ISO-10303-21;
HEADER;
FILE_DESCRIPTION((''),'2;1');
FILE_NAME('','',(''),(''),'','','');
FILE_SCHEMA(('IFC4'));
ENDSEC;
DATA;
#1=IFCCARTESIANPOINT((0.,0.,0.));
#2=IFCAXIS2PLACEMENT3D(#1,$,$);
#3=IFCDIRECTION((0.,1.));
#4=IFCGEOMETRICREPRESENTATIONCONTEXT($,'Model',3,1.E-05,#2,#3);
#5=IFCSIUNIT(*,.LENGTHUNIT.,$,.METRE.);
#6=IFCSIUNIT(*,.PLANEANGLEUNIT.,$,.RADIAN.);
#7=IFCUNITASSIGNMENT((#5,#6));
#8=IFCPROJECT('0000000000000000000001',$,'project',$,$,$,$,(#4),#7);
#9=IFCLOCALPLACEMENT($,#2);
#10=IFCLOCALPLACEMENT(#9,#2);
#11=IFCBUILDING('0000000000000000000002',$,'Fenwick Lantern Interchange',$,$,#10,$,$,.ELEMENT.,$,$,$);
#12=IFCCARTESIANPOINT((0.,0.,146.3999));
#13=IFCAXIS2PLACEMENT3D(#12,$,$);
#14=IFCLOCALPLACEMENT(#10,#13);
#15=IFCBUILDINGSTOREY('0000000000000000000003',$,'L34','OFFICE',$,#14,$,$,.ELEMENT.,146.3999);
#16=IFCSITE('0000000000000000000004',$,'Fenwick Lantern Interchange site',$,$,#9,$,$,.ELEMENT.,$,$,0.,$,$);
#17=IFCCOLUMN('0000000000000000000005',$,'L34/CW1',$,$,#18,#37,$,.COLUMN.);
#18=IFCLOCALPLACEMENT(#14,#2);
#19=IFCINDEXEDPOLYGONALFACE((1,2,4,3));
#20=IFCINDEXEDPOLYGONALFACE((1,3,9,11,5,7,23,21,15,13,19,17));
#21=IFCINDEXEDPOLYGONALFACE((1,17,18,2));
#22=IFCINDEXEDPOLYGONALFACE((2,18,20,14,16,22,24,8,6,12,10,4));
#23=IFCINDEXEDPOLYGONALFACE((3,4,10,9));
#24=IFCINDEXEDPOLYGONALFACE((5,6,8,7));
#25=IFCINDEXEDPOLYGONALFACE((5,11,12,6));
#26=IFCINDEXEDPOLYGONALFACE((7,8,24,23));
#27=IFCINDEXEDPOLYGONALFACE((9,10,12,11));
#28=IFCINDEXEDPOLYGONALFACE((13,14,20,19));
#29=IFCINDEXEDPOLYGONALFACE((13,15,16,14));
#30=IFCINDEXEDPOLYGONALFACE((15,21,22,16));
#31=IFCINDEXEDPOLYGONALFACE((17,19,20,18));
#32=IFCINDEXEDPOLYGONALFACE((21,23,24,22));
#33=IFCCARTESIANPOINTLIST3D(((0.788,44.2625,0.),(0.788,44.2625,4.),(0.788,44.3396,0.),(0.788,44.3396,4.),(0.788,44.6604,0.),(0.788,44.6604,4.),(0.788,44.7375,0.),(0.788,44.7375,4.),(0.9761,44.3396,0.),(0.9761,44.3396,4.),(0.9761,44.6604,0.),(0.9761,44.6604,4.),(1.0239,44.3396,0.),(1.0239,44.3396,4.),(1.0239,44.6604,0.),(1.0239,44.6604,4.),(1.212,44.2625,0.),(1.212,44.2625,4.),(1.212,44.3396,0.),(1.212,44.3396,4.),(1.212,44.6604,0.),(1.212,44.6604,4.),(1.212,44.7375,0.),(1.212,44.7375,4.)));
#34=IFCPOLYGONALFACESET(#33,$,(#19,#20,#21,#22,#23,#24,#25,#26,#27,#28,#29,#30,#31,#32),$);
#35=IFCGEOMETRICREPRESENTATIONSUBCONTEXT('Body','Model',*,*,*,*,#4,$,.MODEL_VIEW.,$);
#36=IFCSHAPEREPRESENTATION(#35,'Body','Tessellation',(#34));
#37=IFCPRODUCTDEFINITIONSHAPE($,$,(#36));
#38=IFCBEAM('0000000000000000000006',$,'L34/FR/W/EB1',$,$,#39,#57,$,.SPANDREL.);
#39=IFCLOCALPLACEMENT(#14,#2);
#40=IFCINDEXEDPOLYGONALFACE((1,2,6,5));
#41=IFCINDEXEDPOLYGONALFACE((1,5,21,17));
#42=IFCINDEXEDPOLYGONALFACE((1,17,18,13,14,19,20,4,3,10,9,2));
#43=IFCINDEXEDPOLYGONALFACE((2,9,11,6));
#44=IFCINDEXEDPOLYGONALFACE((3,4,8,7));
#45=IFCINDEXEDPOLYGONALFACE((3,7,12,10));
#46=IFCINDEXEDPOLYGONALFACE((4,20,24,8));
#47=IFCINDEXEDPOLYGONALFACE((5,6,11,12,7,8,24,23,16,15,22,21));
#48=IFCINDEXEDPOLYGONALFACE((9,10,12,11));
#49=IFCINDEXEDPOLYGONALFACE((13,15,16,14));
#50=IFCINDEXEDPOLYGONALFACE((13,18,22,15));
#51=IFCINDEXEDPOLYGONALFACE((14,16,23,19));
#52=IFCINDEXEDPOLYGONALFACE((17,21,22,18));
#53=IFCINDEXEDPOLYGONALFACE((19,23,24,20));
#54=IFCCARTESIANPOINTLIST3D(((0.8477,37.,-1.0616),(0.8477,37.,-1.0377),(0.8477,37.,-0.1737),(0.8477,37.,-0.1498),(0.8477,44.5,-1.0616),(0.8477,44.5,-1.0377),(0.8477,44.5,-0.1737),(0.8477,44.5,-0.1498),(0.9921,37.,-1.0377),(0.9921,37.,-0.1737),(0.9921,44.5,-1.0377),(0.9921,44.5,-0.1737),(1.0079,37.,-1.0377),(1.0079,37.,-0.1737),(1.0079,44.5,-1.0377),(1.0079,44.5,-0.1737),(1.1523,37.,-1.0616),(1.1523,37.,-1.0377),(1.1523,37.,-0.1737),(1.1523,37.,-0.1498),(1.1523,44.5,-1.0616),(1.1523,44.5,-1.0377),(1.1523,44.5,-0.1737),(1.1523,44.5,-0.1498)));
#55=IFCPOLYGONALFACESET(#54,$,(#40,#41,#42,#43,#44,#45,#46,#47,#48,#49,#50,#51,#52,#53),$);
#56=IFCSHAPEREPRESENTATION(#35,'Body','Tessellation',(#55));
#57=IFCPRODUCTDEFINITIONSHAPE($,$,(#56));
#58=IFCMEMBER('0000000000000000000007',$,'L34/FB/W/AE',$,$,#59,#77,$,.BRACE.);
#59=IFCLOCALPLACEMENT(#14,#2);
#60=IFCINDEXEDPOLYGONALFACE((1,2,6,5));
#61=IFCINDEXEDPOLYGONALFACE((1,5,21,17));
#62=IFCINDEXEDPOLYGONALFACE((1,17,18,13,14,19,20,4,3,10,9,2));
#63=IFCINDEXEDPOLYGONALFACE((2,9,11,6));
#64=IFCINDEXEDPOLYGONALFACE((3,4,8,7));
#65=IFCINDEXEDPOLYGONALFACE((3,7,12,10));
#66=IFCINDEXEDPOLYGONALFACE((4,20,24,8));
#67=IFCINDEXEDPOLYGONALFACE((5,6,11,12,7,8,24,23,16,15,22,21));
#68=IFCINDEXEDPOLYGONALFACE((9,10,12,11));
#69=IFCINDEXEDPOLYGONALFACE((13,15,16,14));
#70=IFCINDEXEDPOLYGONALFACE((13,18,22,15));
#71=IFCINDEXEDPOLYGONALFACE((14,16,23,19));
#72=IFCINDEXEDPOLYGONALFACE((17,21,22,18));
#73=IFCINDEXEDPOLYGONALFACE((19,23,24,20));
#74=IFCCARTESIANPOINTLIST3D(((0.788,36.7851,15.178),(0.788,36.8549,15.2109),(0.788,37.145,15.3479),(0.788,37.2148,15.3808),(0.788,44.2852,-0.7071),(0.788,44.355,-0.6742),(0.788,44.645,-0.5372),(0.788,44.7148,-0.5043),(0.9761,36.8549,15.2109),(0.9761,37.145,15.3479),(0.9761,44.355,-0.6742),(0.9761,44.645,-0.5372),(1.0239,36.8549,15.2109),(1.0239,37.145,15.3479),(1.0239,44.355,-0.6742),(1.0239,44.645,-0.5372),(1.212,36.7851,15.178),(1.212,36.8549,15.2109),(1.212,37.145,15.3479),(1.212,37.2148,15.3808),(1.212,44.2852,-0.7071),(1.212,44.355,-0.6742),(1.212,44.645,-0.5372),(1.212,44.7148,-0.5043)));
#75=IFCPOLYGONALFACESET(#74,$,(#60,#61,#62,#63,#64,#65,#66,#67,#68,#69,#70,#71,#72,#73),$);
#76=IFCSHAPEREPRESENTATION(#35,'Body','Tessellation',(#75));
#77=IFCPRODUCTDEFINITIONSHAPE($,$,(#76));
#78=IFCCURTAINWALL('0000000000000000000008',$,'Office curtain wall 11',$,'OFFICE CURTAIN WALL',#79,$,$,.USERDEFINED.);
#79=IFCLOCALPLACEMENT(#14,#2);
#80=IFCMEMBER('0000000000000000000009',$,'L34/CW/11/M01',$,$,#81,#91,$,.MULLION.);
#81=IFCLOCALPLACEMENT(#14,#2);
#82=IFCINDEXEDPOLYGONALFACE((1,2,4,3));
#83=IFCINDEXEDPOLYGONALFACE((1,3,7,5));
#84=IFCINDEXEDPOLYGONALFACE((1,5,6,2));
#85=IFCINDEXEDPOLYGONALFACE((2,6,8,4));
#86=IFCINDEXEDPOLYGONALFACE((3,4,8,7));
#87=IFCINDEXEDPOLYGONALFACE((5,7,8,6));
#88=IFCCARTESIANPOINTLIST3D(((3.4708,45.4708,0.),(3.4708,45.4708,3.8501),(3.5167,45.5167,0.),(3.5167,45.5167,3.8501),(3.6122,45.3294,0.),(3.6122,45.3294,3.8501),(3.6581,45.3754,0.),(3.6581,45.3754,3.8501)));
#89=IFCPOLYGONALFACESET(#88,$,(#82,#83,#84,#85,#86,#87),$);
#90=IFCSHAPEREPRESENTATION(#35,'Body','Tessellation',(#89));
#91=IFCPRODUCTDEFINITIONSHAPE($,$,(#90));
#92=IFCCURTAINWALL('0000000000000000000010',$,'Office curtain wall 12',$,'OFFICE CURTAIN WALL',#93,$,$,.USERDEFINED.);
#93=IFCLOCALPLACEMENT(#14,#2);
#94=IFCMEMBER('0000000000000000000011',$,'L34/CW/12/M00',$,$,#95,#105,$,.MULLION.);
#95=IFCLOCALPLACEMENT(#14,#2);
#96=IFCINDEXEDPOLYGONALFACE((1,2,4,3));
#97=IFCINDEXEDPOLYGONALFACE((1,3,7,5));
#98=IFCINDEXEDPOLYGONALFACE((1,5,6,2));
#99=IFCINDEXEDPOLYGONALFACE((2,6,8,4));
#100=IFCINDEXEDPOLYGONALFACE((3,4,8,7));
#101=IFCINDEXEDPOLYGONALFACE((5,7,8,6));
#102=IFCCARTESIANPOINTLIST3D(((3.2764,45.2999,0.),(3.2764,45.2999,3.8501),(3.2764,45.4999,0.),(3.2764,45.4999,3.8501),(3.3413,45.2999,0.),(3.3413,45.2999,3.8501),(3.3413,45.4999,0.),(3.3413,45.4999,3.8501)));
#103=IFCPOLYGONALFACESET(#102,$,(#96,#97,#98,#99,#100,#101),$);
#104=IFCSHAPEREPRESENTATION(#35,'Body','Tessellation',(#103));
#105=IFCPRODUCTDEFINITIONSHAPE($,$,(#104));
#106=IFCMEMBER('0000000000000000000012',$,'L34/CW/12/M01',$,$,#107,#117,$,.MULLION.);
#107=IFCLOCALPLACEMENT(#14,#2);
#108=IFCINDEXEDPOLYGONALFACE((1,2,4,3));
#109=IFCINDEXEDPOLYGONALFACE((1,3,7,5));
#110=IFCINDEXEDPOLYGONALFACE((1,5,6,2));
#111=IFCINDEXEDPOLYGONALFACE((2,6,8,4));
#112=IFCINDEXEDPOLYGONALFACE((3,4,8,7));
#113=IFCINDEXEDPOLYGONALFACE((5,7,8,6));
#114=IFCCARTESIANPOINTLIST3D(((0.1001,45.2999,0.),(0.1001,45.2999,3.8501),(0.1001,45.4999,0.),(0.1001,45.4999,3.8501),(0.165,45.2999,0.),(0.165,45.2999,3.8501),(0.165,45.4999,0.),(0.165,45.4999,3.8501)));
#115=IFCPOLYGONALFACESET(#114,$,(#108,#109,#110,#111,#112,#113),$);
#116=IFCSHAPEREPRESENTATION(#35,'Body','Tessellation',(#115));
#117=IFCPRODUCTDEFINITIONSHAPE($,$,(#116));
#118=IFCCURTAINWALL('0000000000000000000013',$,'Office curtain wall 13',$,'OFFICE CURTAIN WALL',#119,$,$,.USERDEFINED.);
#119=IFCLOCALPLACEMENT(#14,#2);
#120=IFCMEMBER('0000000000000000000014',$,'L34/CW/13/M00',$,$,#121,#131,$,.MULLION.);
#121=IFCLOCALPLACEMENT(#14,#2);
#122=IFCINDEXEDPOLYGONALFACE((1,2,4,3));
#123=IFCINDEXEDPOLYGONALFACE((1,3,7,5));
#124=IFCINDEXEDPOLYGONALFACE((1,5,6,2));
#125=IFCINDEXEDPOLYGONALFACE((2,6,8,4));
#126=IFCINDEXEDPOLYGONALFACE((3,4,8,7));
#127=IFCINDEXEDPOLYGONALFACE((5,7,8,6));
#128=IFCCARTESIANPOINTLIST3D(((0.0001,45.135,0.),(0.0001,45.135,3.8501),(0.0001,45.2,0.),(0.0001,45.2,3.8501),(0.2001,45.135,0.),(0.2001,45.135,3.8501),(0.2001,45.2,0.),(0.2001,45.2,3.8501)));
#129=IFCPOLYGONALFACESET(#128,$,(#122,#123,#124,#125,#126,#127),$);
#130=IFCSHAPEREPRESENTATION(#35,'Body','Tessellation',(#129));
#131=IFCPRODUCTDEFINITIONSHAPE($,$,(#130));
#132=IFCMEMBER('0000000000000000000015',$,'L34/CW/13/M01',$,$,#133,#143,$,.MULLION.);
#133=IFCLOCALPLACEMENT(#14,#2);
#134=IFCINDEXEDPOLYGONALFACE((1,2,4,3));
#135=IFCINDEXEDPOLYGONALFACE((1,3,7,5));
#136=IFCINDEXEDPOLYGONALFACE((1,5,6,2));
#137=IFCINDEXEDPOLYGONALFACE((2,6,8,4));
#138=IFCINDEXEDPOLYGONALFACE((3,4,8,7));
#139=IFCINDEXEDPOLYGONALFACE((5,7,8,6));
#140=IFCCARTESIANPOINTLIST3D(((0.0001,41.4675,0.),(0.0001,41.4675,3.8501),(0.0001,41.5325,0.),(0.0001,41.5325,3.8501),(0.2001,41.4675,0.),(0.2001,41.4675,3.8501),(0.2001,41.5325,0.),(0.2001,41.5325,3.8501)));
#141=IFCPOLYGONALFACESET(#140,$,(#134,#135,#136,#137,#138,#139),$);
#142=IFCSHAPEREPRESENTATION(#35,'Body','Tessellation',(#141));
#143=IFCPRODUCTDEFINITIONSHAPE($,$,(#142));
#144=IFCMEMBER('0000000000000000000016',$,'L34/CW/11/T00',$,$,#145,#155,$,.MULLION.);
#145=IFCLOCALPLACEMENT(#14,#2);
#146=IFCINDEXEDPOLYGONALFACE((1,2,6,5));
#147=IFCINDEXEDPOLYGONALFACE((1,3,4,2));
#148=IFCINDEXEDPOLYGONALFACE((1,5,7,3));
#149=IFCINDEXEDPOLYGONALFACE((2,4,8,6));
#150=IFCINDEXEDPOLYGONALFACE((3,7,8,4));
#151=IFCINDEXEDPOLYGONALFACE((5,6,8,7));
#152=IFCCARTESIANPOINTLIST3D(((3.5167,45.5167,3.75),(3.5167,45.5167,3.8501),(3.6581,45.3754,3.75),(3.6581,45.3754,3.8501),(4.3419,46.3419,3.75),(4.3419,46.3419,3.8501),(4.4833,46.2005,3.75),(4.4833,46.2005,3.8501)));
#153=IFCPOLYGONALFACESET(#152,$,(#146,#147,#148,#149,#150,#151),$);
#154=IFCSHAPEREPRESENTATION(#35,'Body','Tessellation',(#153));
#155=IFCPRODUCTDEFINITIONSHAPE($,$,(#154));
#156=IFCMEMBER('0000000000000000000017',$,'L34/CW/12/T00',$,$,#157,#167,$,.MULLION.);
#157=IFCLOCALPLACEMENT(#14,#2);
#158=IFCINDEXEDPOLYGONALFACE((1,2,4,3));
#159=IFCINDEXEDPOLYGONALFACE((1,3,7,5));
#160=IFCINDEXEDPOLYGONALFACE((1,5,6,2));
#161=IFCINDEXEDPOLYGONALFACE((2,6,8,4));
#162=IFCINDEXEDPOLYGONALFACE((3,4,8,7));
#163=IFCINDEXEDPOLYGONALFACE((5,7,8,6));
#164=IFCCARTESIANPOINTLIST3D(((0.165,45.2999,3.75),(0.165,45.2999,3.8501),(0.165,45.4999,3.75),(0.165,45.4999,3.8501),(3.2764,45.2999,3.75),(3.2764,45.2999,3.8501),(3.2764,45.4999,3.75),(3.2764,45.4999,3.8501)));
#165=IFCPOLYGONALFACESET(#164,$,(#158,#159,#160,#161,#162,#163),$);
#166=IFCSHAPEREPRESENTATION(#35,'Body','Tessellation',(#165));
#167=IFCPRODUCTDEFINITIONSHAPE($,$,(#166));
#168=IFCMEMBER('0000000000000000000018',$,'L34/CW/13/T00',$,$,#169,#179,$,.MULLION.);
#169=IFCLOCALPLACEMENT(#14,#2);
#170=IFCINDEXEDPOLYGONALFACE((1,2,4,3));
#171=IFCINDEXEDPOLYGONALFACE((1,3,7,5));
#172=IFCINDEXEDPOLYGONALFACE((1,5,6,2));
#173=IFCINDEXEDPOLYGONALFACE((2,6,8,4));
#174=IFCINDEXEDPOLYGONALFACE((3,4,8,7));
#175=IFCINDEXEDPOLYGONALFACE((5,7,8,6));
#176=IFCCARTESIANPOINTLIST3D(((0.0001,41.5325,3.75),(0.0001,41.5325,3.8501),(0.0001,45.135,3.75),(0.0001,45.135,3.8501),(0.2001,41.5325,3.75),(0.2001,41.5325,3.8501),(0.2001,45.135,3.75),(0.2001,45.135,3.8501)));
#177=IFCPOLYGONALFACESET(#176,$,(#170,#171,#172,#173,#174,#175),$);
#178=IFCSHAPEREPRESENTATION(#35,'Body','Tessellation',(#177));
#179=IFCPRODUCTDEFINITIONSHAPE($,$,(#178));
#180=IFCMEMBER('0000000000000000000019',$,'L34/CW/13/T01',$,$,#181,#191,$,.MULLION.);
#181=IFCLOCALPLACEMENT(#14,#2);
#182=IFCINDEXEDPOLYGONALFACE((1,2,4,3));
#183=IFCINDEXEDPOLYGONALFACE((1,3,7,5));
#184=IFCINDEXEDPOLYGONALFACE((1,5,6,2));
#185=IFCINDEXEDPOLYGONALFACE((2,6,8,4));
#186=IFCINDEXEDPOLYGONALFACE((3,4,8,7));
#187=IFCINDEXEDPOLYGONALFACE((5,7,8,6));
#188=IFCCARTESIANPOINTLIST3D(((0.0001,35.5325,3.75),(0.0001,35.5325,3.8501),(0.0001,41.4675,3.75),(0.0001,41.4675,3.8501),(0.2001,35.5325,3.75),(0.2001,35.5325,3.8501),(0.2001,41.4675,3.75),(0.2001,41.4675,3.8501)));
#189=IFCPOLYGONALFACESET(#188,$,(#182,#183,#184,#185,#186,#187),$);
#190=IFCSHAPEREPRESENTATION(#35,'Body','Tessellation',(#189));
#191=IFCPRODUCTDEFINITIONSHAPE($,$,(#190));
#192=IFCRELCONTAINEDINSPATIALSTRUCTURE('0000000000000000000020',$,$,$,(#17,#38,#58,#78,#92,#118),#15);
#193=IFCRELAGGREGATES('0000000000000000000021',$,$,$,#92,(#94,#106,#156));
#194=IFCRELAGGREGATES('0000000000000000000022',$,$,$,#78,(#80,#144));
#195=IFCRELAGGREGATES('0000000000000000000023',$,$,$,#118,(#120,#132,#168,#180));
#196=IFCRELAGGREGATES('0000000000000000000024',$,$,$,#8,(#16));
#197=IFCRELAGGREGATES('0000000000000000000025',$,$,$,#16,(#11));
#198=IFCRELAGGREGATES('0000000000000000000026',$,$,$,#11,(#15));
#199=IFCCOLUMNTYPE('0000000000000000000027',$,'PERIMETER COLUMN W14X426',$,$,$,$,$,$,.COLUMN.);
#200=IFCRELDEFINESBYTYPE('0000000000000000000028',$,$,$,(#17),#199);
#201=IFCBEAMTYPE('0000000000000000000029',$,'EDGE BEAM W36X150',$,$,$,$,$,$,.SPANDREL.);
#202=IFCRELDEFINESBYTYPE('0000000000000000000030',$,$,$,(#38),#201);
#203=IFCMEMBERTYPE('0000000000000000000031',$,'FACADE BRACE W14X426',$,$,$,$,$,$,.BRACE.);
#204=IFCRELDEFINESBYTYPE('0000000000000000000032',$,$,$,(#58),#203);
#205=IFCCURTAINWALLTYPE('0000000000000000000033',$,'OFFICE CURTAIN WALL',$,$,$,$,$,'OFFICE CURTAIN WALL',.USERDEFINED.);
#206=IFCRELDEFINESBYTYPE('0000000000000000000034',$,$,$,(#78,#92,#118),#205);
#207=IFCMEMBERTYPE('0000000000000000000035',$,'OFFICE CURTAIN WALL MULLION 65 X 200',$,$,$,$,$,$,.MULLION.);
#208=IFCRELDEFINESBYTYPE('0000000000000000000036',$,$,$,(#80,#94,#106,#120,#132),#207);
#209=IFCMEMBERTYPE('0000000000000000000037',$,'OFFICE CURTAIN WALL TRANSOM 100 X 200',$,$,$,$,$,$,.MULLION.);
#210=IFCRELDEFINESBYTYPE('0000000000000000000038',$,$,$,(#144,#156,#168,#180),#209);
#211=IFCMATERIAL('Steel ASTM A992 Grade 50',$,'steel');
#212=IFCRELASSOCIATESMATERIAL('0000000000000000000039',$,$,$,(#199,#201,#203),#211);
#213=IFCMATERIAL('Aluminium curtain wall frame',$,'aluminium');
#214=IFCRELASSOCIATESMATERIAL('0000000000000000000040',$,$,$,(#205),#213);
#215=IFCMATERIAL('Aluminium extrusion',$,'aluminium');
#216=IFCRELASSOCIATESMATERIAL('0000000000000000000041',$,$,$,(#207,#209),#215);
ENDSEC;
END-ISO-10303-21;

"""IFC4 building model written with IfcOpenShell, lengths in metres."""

from ifc_helpers import new_model, si_unit, direction, frame, origin, origin_2d, place, context, subcontext, project, spatial, rectangle, i_section, extrude, material, material_profile, profile_set, type_object, element, aggregate, save


model = new_model("IFC4")

# Units and contexts
model_context = context("Model", 3, precision=1e-05, world=origin(), true_north=direction((0.0, 1.0)))
body_context = subcontext(model_context, "Body", "Model", "MODEL_VIEW")
ifc_project = project(units=[si_unit("LENGTHUNIT", "METRE"), si_unit("PLANEANGLEUNIT", "RADIAN")], contexts=[model_context])

# Site, building, storey
site_placement = place(None, origin())
site = spatial("IfcSite", under=ifc_project, at=site_placement, Name="Fenwick Lantern Interchange site", CompositionType="ELEMENT", RefElevation=0.0)
building_placement = place(site_placement, origin())
building = spatial("IfcBuilding", under=site, at=building_placement, Name="Fenwick Lantern Interchange", CompositionType="ELEMENT")
storey_placement = place(building_placement, frame((0.0, 0.0, 146.3999)))
storey = spatial("IfcBuildingStorey", under=building, at=storey_placement, Name="L34", Description="OFFICE", CompositionType="ELEMENT", Elevation=146.3999)

# Column
ifc_material_1 = material(Name="Steel ASTM A992 Grade 50", Category="steel")
ifc_material_profile_1 = material_profile(ifc_material_1, i_section(OverallWidth=0.4241, OverallDepth=0.4751, WebThickness=0.0479, FlangeThickness=0.0771, at=origin_2d()), Name="W14X426")
ifc_profile_set_1 = profile_set([ifc_material_profile_1], Name="Steel ASTM A992 Grade 50")
column_type = type_object("IfcColumnType", Name="PERIMETER COLUMN W14X426", PredefinedType="COLUMN", material=ifc_profile_set_1)
column_placement = place(storey_placement, frame((1.0, 44.5, 0.0), z_axis=(0.0, 0.0, 1.0), x_axis=(1.0, 0.0, 0.0)))
element("IfcColumn", 1, at=column_placement, inside=storey, type_object=column_type, Name="L34/CW1", PredefinedType="COLUMN", context=body_context, shape_type="SweptSolid", body=[
    extrude(i_section(OverallWidth=0.4241, OverallDepth=0.4751, WebThickness=0.0479, FlangeThickness=0.0771, at=origin_2d()), origin(), (0.0, 0.0, 1.0), 4.0),
])

# Beam
ifc_material_profile_2 = material_profile(ifc_material_1, i_section(OverallWidth=0.3047, OverallDepth=0.9119, WebThickness=0.0159, FlangeThickness=0.0239, at=origin_2d()), Name="W36X150")
ifc_profile_set_2 = profile_set([ifc_material_profile_2], Name="Steel ASTM A992 Grade 50")
beam_type = type_object("IfcBeamType", Name="EDGE BEAM W36X150", PredefinedType="SPANDREL", material=ifc_profile_set_2)
beam_placement = place(storey_placement, frame((1.0, 44.5, -0.6057), z_axis=(0.0, -1.0, 0.0), x_axis=(1.0, 0.0, 0.0)))
element("IfcBeam", 2, at=beam_placement, inside=storey, type_object=beam_type, Name="L34/FR/W/EB1", PredefinedType="SPANDREL", context=body_context, shape_type="SweptSolid", body=[
    extrude(i_section(OverallWidth=0.3047, OverallDepth=0.9119, WebThickness=0.0159, FlangeThickness=0.0239, at=origin_2d()), origin(), (0.0, 0.0, 1.0), 7.5),
])

# Member
ifc_material_profile_3 = material_profile(ifc_material_1, i_section(OverallWidth=0.4241, OverallDepth=0.4751, WebThickness=0.0479, FlangeThickness=0.0771, at=origin_2d()), Name="W14X426")
ifc_profile_set_3 = profile_set([ifc_material_profile_3], Name="Steel ASTM A992 Grade 50")
member_type_1 = type_object("IfcMemberType", Name="FACADE BRACE W14X426", PredefinedType="BRACE", material=ifc_profile_set_3)
member_1_placement = place(storey_placement, frame((1.0, 44.5, -0.6057), z_axis=(0.0, -0.426948, 0.904276), x_axis=(1.0, 0.0, 0.0)))
element("IfcMember", 3, at=member_1_placement, inside=storey, type_object=member_type_1, Name="L34/FB/W/AE", PredefinedType="BRACE", context=body_context, shape_type="SweptSolid", body=[
    extrude(i_section(OverallWidth=0.4241, OverallDepth=0.4751, WebThickness=0.0479, FlangeThickness=0.0771, at=origin_2d()), origin(), (0.0, 0.0, 1.0), 17.5667),
])

# Curtain wall, member
ifc_material_2 = material(Name="Aluminium curtain wall frame", Category="aluminium")
curtain_wall_type = type_object("IfcCurtainWallType", Name="OFFICE CURTAIN WALL", ElementType="OFFICE CURTAIN WALL", PredefinedType="USERDEFINED", material=ifc_material_2)
curtain_wall_1_placement = place(storey_placement, origin())
curtain_wall_1 = element("IfcCurtainWall", 4, at=curtain_wall_1_placement, inside=storey, type_object=curtain_wall_type, Name="Office curtain wall 11", ObjectType="OFFICE CURTAIN WALL", PredefinedType="USERDEFINED")
ifc_material_3 = material(Name="Aluminium extrusion", Category="aluminium")
ifc_material_profile_4 = material_profile(ifc_material_3, rectangle(XDim=0.2, YDim=0.0649, at=origin_2d()), Name="OFFICE CURTAIN WALL MULLION 65 X 200")
ifc_profile_set_4 = profile_set([ifc_material_profile_4], Name="Aluminium extrusion")
member_type_2 = type_object("IfcMemberType", Name="OFFICE CURTAIN WALL MULLION 65 X 200", PredefinedType="MULLION", material=ifc_profile_set_4)
member_2_placement = place(storey_placement, frame((3.5645, 45.4231, 0.0), z_axis=(0.0, 0.0, 1.0), x_axis=(0.707107, -0.707107, 0.0)))
member_2 = element("IfcMember", 5, at=member_2_placement, type_object=member_type_2, Name="L34/CW/11/M01", PredefinedType="MULLION", context=body_context, shape_type="SweptSolid", body=[
    extrude(rectangle(XDim=0.2, YDim=0.0649, at=origin_2d()), origin(), (0.0, 0.0, 1.0), 3.8501),
])

# Curtain walls, members
curtain_wall_2_placement = place(storey_placement, origin())
curtain_wall_2 = element("IfcCurtainWall", 6, at=curtain_wall_2_placement, inside=storey, type_object=curtain_wall_type, Name="Office curtain wall 12", ObjectType="OFFICE CURTAIN WALL", PredefinedType="USERDEFINED")
member_3_placement = place(storey_placement, frame((3.3088, 45.3999, 0.0), z_axis=(0.0, 0.0, 1.0), x_axis=(0.0, -1.0, 0.0)))
member_3 = element("IfcMember", 7, at=member_3_placement, type_object=member_type_2, Name="L34/CW/12/M00", PredefinedType="MULLION", context=body_context, shape_type="SweptSolid", body=[
    extrude(rectangle(XDim=0.2, YDim=0.0649, at=origin_2d()), origin(), (0.0, 0.0, 1.0), 3.8501),
])
member_4_placement = place(storey_placement, frame((0.1326, 45.3999, 0.0), z_axis=(0.0, 0.0, 1.0), x_axis=(0.0, -1.0, 0.0)))
member_4 = element("IfcMember", 8, at=member_4_placement, type_object=member_type_2, Name="L34/CW/12/M01", PredefinedType="MULLION", context=body_context, shape_type="SweptSolid", body=[
    extrude(rectangle(XDim=0.2, YDim=0.0649, at=origin_2d()), origin(), (0.0, 0.0, 1.0), 3.8501),
])
curtain_wall_3_placement = place(storey_placement, origin())
curtain_wall_3 = element("IfcCurtainWall", 9, at=curtain_wall_3_placement, inside=storey, type_object=curtain_wall_type, Name="Office curtain wall 13", ObjectType="OFFICE CURTAIN WALL", PredefinedType="USERDEFINED")
member_5_placement = place(storey_placement, frame((0.1001, 45.1675, 0.0), z_axis=(0.0, 0.0, 1.0), x_axis=(1.0, 0.0, 0.0)))
member_5 = element("IfcMember", 10, at=member_5_placement, type_object=member_type_2, Name="L34/CW/13/M00", PredefinedType="MULLION", context=body_context, shape_type="SweptSolid", body=[
    extrude(rectangle(XDim=0.2, YDim=0.0649, at=origin_2d()), origin(), (0.0, 0.0, 1.0), 3.8501),
])
member_6_placement = place(storey_placement, frame((0.1001, 41.5, 0.0), z_axis=(0.0, 0.0, 1.0), x_axis=(1.0, 0.0, 0.0)))
member_6 = element("IfcMember", 11, at=member_6_placement, type_object=member_type_2, Name="L34/CW/13/M01", PredefinedType="MULLION", context=body_context, shape_type="SweptSolid", body=[
    extrude(rectangle(XDim=0.2, YDim=0.0649, at=origin_2d()), origin(), (0.0, 0.0, 1.0), 3.8501),
])

# Members
ifc_material_profile_5 = material_profile(ifc_material_3, rectangle(XDim=0.2, YDim=0.1001, at=origin_2d()), Name="OFFICE CURTAIN WALL TRANSOM 100 X 200")
ifc_profile_set_5 = profile_set([ifc_material_profile_5], Name="Aluminium extrusion")
member_type_3 = type_object("IfcMemberType", Name="OFFICE CURTAIN WALL TRANSOM 100 X 200", PredefinedType="MULLION", material=ifc_profile_set_5)
member_7_placement = place(storey_placement, frame((4.4126, 46.2712, 3.8), z_axis=(-0.707107, -0.707107, 0.0), x_axis=(0.707107, -0.707107, 0.0)))
member_7 = element("IfcMember", 12, at=member_7_placement, type_object=member_type_3, Name="L34/CW/11/T00", PredefinedType="MULLION", context=body_context, shape_type="SweptSolid", body=[
    extrude(rectangle(XDim=0.2, YDim=0.1001, at=origin_2d()), origin(), (0.0, 0.0, 1.0), 1.167),
])
member_8_placement = place(storey_placement, frame((3.2764, 45.3999, 3.8), z_axis=(-1.0, 0.0, 0.0), x_axis=(0.0, -1.0, 0.0)))
member_8 = element("IfcMember", 13, at=member_8_placement, type_object=member_type_3, Name="L34/CW/12/T00", PredefinedType="MULLION", context=body_context, shape_type="SweptSolid", body=[
    extrude(rectangle(XDim=0.2, YDim=0.1001, at=origin_2d()), origin(), (0.0, 0.0, 1.0), 3.1113),
])
aggregate(curtain_wall_2, [member_3, member_4, member_8])
member_9_placement = place(storey_placement, frame((0.1001, 45.135, 3.8), z_axis=(0.0, -1.0, 0.0), x_axis=(1.0, 0.0, 0.0)))
member_9 = element("IfcMember", 14, at=member_9_placement, type_object=member_type_3, Name="L34/CW/13/T00", PredefinedType="MULLION", context=body_context, shape_type="SweptSolid", body=[
    extrude(rectangle(XDim=0.2, YDim=0.1001, at=origin_2d()), origin(), (0.0, 0.0, 1.0), 3.6025),
])
member_10_placement = place(storey_placement, frame((0.1001, 41.4675, 3.8), z_axis=(0.0, -1.0, 0.0), x_axis=(1.0, 0.0, 0.0)))
member_10 = element("IfcMember", 15, at=member_10_placement, type_object=member_type_3, Name="L34/CW/13/T01", PredefinedType="MULLION", context=body_context, shape_type="SweptSolid", body=[
    extrude(rectangle(XDim=0.2, YDim=0.1001, at=origin_2d()), origin(), (0.0, 0.0, 1.0), 5.9351),
])

aggregate(curtain_wall_1, [member_2, member_7])
aggregate(curtain_wall_3, [member_5, member_6, member_9, member_10])

save(model, "model.ifc")
